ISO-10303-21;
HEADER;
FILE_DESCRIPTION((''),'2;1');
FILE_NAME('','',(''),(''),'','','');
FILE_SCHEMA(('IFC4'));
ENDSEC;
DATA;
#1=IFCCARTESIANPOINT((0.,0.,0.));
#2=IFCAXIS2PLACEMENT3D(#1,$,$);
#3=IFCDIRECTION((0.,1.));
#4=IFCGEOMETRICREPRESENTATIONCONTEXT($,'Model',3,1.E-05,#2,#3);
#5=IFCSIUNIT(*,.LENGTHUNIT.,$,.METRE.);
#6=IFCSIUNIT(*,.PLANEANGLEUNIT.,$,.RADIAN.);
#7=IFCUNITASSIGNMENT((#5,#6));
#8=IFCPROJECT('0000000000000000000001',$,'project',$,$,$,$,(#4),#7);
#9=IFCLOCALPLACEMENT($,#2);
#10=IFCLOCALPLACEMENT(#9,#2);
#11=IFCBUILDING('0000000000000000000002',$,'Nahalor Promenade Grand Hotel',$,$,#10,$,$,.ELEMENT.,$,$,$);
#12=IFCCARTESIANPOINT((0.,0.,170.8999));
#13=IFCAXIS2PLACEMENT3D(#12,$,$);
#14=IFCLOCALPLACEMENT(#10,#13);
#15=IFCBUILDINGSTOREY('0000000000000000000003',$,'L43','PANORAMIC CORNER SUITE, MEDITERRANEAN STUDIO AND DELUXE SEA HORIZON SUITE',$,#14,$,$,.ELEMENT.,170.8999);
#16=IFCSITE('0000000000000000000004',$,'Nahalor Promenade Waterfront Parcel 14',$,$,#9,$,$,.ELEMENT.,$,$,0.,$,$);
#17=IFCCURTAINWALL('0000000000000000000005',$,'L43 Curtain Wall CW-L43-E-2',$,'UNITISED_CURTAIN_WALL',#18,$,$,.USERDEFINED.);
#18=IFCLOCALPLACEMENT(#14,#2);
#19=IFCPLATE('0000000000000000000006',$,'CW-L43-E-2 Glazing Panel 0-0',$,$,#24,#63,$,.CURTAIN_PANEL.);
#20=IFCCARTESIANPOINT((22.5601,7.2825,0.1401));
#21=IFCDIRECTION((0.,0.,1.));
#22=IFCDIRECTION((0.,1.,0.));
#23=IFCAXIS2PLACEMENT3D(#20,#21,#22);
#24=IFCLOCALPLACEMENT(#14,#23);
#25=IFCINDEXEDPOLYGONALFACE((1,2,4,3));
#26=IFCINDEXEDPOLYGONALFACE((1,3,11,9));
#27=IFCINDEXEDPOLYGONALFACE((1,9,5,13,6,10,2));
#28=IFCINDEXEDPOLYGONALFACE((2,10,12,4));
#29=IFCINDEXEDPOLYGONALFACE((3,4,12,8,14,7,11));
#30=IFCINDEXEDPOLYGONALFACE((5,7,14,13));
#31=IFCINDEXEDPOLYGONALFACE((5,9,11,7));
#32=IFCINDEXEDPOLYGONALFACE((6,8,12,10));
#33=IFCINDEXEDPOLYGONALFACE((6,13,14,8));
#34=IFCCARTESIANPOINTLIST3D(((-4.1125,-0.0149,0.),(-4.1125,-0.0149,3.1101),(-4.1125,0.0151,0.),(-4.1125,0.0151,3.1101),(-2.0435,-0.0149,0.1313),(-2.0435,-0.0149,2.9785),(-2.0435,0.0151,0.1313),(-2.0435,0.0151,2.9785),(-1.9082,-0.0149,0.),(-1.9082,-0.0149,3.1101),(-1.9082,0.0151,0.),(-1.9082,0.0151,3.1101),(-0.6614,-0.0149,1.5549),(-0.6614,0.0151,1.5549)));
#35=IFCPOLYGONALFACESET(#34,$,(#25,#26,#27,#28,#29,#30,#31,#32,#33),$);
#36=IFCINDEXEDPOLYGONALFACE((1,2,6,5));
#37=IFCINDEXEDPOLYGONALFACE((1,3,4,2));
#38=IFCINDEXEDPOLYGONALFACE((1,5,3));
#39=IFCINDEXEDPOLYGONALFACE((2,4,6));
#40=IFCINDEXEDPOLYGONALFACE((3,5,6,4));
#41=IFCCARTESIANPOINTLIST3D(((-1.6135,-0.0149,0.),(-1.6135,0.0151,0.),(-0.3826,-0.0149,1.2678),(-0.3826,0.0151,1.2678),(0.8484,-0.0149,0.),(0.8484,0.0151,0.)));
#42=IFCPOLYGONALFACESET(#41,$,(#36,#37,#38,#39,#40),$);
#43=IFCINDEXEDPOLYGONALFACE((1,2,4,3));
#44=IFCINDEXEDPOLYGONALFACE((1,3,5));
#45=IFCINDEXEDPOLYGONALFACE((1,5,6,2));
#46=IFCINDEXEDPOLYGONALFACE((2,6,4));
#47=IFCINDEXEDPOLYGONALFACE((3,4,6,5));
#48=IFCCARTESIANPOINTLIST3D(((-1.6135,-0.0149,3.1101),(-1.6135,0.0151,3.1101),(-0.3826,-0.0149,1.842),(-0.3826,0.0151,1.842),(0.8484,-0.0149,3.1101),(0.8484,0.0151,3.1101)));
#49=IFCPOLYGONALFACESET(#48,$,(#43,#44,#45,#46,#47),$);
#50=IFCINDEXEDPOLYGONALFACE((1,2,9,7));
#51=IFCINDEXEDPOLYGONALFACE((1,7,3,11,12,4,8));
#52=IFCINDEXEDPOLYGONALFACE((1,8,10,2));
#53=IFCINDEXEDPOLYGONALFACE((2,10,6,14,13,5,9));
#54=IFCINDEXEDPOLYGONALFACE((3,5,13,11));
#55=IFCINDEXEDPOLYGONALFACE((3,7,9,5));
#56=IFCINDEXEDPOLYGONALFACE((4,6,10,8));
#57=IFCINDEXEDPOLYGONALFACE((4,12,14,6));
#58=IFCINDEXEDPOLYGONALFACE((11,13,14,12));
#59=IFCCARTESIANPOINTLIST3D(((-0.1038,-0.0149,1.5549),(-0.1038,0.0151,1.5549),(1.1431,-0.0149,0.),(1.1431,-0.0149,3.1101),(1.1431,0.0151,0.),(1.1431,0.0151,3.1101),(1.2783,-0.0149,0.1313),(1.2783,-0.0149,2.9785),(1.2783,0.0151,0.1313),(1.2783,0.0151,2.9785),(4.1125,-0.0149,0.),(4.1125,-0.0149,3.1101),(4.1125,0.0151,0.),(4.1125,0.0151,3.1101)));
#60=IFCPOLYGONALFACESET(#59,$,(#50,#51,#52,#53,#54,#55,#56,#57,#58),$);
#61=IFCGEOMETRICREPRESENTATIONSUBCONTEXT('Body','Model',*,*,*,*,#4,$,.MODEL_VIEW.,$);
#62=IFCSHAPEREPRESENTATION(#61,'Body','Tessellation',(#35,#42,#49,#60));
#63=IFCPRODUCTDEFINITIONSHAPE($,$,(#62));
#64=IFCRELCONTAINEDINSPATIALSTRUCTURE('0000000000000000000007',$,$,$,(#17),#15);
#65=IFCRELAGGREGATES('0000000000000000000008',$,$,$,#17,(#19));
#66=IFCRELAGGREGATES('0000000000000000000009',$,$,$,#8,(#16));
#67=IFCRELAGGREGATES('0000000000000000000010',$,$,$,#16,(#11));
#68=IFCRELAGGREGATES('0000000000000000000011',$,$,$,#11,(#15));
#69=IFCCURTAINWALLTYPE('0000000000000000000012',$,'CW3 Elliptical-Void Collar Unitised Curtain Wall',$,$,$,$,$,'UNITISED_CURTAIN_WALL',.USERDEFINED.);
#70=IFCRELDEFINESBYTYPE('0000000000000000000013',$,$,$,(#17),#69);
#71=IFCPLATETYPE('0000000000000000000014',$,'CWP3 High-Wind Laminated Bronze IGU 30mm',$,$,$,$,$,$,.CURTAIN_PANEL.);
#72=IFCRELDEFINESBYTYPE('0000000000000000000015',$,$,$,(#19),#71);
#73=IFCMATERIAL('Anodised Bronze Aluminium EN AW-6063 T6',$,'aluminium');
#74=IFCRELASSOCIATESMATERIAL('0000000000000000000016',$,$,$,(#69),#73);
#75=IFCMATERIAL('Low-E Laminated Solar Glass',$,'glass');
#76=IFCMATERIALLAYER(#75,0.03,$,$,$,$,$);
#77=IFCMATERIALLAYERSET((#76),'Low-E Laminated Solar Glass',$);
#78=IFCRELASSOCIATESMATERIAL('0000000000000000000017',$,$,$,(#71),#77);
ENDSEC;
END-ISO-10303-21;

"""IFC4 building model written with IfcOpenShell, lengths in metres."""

from ifc_helpers import new_model, si_unit, direction, frame, origin, place, context, subcontext, project, spatial, polyline, outline, extrude, material, layer, layer_set, type_object, element, aggregate, save


model = new_model("IFC4")

# Units and contexts
model_context = context("Model", 3, precision=1e-05, world=origin(), true_north=direction((0.0, 1.0)))
body_context = subcontext(model_context, "Body", "Model", "MODEL_VIEW")
ifc_project = project(units=[si_unit("LENGTHUNIT", "METRE"), si_unit("PLANEANGLEUNIT", "RADIAN")], contexts=[model_context])

# Site, building, storey
site_placement = place(None, origin())
site = spatial("IfcSite", under=ifc_project, at=site_placement, Name="Nahalor Promenade Waterfront Parcel 14", CompositionType="ELEMENT", RefElevation=0.0)
building_placement = place(site_placement, origin())
building = spatial("IfcBuilding", under=site, at=building_placement, Name="Nahalor Promenade Grand Hotel", CompositionType="ELEMENT")
storey_placement = place(building_placement, frame((0.0, 0.0, 170.8999)))
storey = spatial("IfcBuildingStorey", under=building, at=storey_placement, Name="L43", Description="PANORAMIC CORNER SUITE, MEDITERRANEAN STUDIO AND DELUXE SEA HORIZON SUITE", CompositionType="ELEMENT", Elevation=170.8999)

# Curtain wall
ifc_material_1 = material(Name="Anodised Bronze Aluminium EN AW-6063 T6", Category="aluminium")
curtain_wall_type = type_object("IfcCurtainWallType", Name="CW3 Elliptical-Void Collar Unitised Curtain Wall", ElementType="UNITISED_CURTAIN_WALL", PredefinedType="USERDEFINED", material=ifc_material_1)
curtain_wall_1_placement = place(storey_placement, origin())
curtain_wall_1 = element("IfcCurtainWall", 1, at=curtain_wall_1_placement, inside=storey, type_object=curtain_wall_type, Name="L43 Curtain Wall CW-L43-E-2", ObjectType="UNITISED_CURTAIN_WALL", PredefinedType="USERDEFINED")

# Plate
ifc_material_2 = material(Name="Low-E Laminated Solar Glass", Category="glass")
ifc_layer_1 = layer(ifc_material_2, 0.03)
ifc_layer_set_1 = layer_set([ifc_layer_1], Name="Low-E Laminated Solar Glass")
plate_type_1 = type_object("IfcPlateType", Name="CWP3 High-Wind Laminated Bronze IGU 30mm", PredefinedType="CURTAIN_PANEL", material=ifc_layer_set_1)
plate_1_placement = place(storey_placement, frame((22.5601, 7.2825, 0.1401), z_axis=(0.0, 0.0, 1.0), x_axis=(0.0, 1.0, 0.0)))
plate_1 = element("IfcPlate", 2, at=plate_1_placement, type_object=plate_type_1, Name="CW-L43-E-2 Glazing Panel 0-0", PredefinedType="CURTAIN_PANEL", context=body_context, shape_type="SweptSolid", body=[
    extrude(outline(polyline([(-4.1125, 3.1101), (-4.1125, 0.0), (-1.9082, 0.0), (-2.0435, 0.1313), (-0.6614, 1.5549), (-2.0435, 2.9785), (-1.9082, 3.1101), (-4.1125, 3.1101)])), frame((0.0, 0.0151, 0.0), z_axis=(0.0, -1.0, 0.0), x_axis=(1.0, 0.0, 0.0)), (0.0, 0.0, 1.0), 0.03),
    extrude(outline(polyline([(-0.3826, 1.2678), (-1.6135, 0.0), (0.8484, 0.0), (-0.3826, 1.2678)])), frame((0.0, 0.0151, 0.0), z_axis=(0.0, -1.0, 0.0), x_axis=(1.0, 0.0, 0.0)), (0.0, 0.0, 1.0), 0.03),
    extrude(outline(polyline([(-0.3826, 1.842), (0.8484, 3.1101), (-1.6135, 3.1101), (-0.3826, 1.842)])), frame((0.0, 0.0151, 0.0), z_axis=(0.0, -1.0, 0.0), x_axis=(1.0, 0.0, 0.0)), (0.0, 0.0, 1.0), 0.03),
    extrude(outline(polyline([(4.1125, 0.0), (4.1125, 3.1101), (1.1431, 3.1101), (1.2783, 2.9785), (-0.1038, 1.5549), (1.2783, 0.1313), (1.1431, 0.0), (4.1125, 0.0)])), frame((0.0, 0.0151, 0.0), z_axis=(0.0, -1.0, 0.0), x_axis=(1.0, 0.0, 0.0)), (0.0, 0.0, 1.0), 0.03),
])
aggregate(curtain_wall_1, [plate_1])

save(model, "model.ifc")
